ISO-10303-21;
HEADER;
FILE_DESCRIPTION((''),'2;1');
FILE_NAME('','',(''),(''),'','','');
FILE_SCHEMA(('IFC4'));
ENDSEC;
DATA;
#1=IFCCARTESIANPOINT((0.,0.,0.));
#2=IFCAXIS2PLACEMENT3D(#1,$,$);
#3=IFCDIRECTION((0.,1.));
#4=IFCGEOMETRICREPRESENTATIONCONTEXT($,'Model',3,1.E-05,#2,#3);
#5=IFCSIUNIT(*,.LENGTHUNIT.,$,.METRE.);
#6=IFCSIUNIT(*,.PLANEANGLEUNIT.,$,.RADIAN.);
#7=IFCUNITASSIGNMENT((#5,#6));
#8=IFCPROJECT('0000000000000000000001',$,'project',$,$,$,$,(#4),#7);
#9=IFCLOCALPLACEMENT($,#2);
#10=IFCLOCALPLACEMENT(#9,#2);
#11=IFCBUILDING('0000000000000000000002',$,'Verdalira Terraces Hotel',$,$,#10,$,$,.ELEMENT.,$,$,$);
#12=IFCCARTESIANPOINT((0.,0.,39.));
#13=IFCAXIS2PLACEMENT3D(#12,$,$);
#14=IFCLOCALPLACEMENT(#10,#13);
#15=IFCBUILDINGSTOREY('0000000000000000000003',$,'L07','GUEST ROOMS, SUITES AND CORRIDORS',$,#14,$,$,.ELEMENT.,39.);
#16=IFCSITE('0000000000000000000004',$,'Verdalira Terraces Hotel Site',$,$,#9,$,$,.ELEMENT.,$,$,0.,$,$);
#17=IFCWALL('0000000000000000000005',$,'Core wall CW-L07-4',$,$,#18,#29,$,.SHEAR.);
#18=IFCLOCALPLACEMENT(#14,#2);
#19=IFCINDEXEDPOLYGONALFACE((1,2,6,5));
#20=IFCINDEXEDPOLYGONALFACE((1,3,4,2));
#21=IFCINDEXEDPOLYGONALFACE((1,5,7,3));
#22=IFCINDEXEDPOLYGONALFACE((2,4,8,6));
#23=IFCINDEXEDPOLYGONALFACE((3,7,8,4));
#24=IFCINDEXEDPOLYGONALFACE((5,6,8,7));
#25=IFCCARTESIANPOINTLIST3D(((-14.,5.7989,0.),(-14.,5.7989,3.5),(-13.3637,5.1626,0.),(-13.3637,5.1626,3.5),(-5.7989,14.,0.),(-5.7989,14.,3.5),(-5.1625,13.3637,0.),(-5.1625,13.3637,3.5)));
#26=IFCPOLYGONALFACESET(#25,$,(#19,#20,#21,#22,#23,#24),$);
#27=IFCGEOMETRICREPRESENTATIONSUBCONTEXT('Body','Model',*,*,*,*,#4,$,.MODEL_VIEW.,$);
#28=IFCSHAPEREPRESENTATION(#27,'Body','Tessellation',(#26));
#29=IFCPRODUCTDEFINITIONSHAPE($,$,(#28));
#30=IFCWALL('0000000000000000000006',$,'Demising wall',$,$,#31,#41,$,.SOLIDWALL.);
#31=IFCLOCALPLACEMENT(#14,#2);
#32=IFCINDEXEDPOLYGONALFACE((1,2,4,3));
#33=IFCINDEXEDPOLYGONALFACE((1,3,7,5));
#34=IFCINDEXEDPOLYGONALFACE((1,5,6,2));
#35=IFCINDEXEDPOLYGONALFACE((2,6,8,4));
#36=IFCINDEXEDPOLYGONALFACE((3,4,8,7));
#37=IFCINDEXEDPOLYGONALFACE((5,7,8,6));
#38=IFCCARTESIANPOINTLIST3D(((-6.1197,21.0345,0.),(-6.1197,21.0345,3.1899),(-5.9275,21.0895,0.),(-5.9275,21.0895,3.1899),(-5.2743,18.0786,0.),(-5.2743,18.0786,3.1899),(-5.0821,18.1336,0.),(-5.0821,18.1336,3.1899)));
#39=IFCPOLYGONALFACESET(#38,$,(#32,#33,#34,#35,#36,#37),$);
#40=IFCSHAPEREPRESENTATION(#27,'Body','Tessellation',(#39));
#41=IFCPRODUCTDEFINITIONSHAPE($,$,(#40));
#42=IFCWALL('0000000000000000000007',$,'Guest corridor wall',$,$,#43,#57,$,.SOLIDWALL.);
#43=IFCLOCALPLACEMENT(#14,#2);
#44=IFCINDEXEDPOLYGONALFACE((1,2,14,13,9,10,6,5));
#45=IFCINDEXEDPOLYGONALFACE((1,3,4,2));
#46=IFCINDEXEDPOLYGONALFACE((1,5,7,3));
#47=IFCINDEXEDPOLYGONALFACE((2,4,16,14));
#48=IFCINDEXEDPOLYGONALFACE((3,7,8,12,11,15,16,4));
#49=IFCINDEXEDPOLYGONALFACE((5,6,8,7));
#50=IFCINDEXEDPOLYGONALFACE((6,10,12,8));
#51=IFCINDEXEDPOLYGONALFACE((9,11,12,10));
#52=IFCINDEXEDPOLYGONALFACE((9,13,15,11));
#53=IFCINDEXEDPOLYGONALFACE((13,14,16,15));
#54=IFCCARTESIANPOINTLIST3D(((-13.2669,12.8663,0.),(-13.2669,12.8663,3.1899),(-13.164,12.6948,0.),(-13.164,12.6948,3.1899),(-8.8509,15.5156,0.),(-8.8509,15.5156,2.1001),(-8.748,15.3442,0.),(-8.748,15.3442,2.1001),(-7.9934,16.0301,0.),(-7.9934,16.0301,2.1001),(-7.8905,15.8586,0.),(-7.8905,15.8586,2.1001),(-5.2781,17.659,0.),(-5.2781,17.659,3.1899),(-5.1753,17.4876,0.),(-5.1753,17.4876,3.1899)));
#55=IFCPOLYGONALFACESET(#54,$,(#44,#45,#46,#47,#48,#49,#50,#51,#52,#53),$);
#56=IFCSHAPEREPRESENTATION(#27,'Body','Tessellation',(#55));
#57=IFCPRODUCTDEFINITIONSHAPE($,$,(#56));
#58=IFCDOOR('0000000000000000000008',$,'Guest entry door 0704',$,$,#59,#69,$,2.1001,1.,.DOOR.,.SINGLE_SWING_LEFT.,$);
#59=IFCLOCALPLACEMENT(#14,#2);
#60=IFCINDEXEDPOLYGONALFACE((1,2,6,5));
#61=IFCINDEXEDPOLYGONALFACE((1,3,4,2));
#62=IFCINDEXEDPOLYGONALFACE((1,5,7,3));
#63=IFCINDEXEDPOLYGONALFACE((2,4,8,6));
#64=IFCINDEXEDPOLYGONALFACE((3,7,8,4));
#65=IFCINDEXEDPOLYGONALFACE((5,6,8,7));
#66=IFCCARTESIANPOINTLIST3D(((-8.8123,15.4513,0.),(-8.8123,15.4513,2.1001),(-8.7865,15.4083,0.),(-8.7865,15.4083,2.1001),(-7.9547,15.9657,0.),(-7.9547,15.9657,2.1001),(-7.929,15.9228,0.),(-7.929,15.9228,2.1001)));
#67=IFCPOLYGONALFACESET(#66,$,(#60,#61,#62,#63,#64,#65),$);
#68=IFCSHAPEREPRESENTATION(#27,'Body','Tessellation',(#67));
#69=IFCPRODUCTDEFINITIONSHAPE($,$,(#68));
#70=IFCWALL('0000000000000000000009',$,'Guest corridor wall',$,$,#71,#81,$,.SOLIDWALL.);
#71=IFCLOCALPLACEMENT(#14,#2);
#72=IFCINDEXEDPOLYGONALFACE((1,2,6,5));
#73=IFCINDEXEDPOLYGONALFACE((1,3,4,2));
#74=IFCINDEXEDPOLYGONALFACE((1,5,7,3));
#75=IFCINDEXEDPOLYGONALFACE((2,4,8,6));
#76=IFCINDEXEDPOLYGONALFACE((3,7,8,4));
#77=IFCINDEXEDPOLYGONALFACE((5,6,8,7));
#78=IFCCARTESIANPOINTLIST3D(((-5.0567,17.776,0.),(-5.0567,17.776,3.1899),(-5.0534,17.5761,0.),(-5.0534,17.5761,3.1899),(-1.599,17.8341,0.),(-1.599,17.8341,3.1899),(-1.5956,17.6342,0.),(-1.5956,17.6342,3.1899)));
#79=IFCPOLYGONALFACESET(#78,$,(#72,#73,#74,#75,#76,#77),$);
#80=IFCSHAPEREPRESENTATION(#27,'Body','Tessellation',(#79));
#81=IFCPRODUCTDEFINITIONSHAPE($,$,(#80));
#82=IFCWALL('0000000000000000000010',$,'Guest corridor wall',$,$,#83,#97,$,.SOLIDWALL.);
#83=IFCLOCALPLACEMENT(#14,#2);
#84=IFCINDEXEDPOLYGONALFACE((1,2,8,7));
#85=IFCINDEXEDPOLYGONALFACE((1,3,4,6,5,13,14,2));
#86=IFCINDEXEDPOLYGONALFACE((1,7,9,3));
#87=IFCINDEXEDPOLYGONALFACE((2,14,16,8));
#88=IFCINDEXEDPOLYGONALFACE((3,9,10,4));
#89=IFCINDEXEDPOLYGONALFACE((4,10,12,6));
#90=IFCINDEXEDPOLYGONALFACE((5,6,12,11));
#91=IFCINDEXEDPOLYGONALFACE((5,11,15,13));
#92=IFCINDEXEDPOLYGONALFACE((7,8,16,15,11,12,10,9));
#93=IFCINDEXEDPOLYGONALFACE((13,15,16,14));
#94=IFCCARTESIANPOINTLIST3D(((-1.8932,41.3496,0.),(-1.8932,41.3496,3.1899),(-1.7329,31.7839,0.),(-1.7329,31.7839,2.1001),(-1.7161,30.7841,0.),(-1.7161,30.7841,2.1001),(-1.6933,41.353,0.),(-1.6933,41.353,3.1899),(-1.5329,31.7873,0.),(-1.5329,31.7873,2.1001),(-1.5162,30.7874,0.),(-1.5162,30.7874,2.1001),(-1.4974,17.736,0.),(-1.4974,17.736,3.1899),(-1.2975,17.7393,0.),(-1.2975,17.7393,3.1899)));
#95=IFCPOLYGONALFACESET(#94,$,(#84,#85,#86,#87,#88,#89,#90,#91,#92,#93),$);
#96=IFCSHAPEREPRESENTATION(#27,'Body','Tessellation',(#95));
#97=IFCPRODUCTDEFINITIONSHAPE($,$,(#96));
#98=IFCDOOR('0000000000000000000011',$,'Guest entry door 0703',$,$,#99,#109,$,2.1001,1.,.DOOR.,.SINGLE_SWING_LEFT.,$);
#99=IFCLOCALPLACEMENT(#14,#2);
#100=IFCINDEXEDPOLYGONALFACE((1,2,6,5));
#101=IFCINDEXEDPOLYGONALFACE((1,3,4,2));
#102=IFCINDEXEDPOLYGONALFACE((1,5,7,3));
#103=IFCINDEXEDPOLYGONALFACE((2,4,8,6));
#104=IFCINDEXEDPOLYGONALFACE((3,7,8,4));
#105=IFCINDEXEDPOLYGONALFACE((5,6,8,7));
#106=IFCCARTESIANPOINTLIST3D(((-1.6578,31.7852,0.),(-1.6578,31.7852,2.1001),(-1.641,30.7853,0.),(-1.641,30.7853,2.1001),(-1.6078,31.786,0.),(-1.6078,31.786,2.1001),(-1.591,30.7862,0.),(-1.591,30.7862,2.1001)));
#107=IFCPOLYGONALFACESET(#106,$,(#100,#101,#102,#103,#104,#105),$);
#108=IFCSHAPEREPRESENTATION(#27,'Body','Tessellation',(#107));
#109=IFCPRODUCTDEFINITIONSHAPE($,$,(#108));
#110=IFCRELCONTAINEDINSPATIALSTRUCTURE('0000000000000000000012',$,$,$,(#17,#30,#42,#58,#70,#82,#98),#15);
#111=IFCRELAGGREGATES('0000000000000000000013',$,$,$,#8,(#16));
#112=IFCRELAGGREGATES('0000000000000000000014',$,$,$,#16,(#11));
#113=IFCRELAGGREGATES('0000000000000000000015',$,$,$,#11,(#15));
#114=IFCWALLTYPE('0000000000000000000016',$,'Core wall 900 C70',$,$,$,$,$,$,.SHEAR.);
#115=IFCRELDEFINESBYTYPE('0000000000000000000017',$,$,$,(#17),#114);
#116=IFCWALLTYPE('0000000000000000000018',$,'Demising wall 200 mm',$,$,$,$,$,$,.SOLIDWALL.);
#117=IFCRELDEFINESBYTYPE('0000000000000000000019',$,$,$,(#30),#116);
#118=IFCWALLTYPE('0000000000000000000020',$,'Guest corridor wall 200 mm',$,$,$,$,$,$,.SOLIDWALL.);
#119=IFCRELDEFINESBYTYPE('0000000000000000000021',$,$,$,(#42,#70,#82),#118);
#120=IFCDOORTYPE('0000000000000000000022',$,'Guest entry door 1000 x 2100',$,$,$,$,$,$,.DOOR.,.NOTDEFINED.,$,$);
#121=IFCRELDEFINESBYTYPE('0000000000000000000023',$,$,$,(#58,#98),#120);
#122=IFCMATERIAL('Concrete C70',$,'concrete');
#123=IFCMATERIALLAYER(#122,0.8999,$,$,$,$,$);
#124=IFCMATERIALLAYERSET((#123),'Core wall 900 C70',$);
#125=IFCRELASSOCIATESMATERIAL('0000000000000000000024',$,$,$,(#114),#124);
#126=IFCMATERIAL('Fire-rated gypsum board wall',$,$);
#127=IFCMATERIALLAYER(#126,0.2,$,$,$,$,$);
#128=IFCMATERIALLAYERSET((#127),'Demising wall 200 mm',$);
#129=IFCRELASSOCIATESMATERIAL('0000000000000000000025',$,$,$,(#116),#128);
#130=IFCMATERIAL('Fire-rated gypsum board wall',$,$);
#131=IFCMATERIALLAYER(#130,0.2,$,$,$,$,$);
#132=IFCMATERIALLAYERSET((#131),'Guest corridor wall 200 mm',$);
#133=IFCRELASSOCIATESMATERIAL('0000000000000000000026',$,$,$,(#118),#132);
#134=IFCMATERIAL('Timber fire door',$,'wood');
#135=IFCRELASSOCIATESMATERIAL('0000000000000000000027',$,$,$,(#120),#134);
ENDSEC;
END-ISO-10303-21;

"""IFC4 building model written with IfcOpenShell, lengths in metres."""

from ifc_helpers import new_model, si_unit, direction, frame, frame_2d, origin, place, context, subcontext, project, spatial, rectangle, extrude, material, layer, layer_set, type_object, element, fill, save


model = new_model("IFC4")

# Units and contexts
model_context = context("Model", 3, precision=1e-05, world=origin(), true_north=direction((0.0, 1.0)))
body_context = subcontext(model_context, "Body", "Model", "MODEL_VIEW")
ifc_project = project(units=[si_unit("LENGTHUNIT", "METRE"), si_unit("PLANEANGLEUNIT", "RADIAN")], contexts=[model_context])

# Site, building, storey
site_placement = place(None, origin())
site = spatial("IfcSite", under=ifc_project, at=site_placement, Name="Verdalira Terraces Hotel Site", CompositionType="ELEMENT", RefElevation=0.0)
building_placement = place(site_placement, origin())
building = spatial("IfcBuilding", under=site, at=building_placement, Name="Verdalira Terraces Hotel", CompositionType="ELEMENT")
storey_placement = place(building_placement, frame((0.0, 0.0, 39.0)))
storey = spatial("IfcBuildingStorey", under=building, at=storey_placement, Name="L07", Description="GUEST ROOMS, SUITES AND CORRIDORS", CompositionType="ELEMENT", Elevation=39.0)

# Walls
ifc_material_1 = material(Name="Concrete C70", Category="concrete")
ifc_layer_1 = layer(ifc_material_1, 0.8999)
ifc_layer_set_1 = layer_set([ifc_layer_1], Name="Core wall 900 C70")
wall_type_1 = type_object("IfcWallType", Name="Core wall 900 C70", PredefinedType="SHEAR", material=ifc_layer_set_1)
wall_1_placement = place(storey_placement, frame((-5.4807, 13.6819, 0.0), z_axis=(0.0, 0.0, 1.0), x_axis=(-0.707107, -0.707107, 0.0)))
element("IfcWall", 1, at=wall_1_placement, inside=storey, type_object=wall_type_1, Name="Core wall CW-L07-4", PredefinedType="SHEAR", context=body_context, shape_type="SweptSolid", body=[
    extrude(rectangle(XDim=11.5981, YDim=0.8999, at=frame_2d((5.7991, 0.0))), origin(), (0.0, 0.0, 1.0), 3.5),
])
ifc_material_2 = material(Name="Fire-rated gypsum board wall")
ifc_layer_2 = layer(ifc_material_2, 0.2)
ifc_layer_set_2 = layer_set([ifc_layer_2], Name="Demising wall 200 mm")
wall_type_2 = type_object("IfcWallType", Name="Demising wall 200 mm", PredefinedType="SOLIDWALL", material=ifc_layer_set_2)
wall_2_placement = place(storey_placement, frame((-5.1782, 18.1062, 0.0), z_axis=(0.0, 0.0, 1.0), x_axis=(-0.274983, 0.961449, 0.0)))
element("IfcWall", 2, at=wall_2_placement, inside=storey, type_object=wall_type_2, Name="Demising wall", PredefinedType="SOLIDWALL", context=body_context, shape_type="SweptSolid", body=[
    extrude(rectangle(XDim=3.0745, YDim=0.2, at=frame_2d((1.5371, 0.0))), origin(), (0.0, 0.0, 1.0), 3.1899),
])

# Wall, opening, door
ifc_material_3 = material(Name="Fire-rated gypsum board wall")
ifc_layer_3 = layer(ifc_material_3, 0.2)
ifc_layer_set_3 = layer_set([ifc_layer_3], Name="Guest corridor wall 200 mm")
wall_type_3 = type_object("IfcWallType", Name="Guest corridor wall 200 mm", PredefinedType="SOLIDWALL", material=ifc_layer_set_3)
wall_3_placement = place(storey_placement, frame((-13.2156, 12.7805, 0.0), z_axis=(0.0, 0.0, 1.0), x_axis=(0.857518, 0.514453, 0.0)))
wall_3 = element("IfcWall", 3, at=wall_3_placement, inside=storey, type_object=wall_type_3, Name="Guest corridor wall", PredefinedType="SOLIDWALL", context=body_context, shape_type="SweptSolid", body=[
    extrude(rectangle(XDim=9.3162, YDim=0.2, at=frame_2d((4.6582, 0.0))), origin(), (0.0, 0.0, 1.0), 3.1899),
])
opening_1_placement = place(wall_3_placement, frame((5.1499, 0.0, 0.0)))
opening_1 = element("IfcOpeningElement", 4, at=opening_1_placement, cuts=wall_3, PredefinedType="OPENING", context=body_context, shape_type="SweptSolid", body=[
    extrude(rectangle(XDim=1.0, YDim=2.1001, at=frame_2d((0.5, 1.05))), frame((0.0, 0.1099, 0.0), z_axis=(0.0, -1.0, 0.0), x_axis=(1.0, 0.0, 0.0)), (0.0, 0.0, 1.0), 0.22),
])
ifc_material_4 = material(Name="Timber fire door", Category="wood")
door_type_1 = type_object("IfcDoorType", Name="Guest entry door 1000 x 2100", OperationType="NOTDEFINED", PredefinedType="DOOR", material=ifc_material_4)
door_1_placement = place(opening_1_placement, origin())
door_1 = element("IfcDoor", 5, at=door_1_placement, inside=storey, type_object=door_type_1, Name="Guest entry door 0704", OperationType="SINGLE_SWING_LEFT", OverallHeight=2.1001, OverallWidth=1.0, PredefinedType="DOOR", context=body_context, shape_type="SweptSolid", body=[
    extrude(rectangle(XDim=1.0, YDim=2.1001, at=frame_2d((0.5, 1.05))), frame((0.0, 0.0249, 0.0), z_axis=(0.0, -1.0, 0.0), x_axis=(1.0, 0.0, 0.0)), (0.0, 0.0, 1.0), 0.05),
])
fill(opening_1, door_1)

# Wall
wall_4_placement = place(storey_placement, frame((-1.5974, 17.7341, 0.0), z_axis=(0.0, 0.0, 1.0), x_axis=(-0.999859, -0.016802, 0.0)))
element("IfcWall", 6, at=wall_4_placement, inside=storey, type_object=wall_type_3, Name="Guest corridor wall", PredefinedType="SOLIDWALL", context=body_context, shape_type="SweptSolid", body=[
    extrude(rectangle(XDim=3.4583, YDim=0.2, at=frame_2d((1.729, 0.0))), origin(), (0.0, 0.0, 1.0), 3.1899),
])

# Wall, opening, door
wall_5_placement = place(storey_placement, frame((-1.3975, 17.7375, 0.0), z_axis=(0.0, 0.0, 1.0), x_axis=(-0.016757, 0.99986, 0.0)))
wall_5 = element("IfcWall", 7, at=wall_5_placement, inside=storey, type_object=wall_type_3, Name="Guest corridor wall", PredefinedType="SOLIDWALL", context=body_context, shape_type="SweptSolid", body=[
    extrude(rectangle(XDim=23.6169, YDim=0.2, at=frame_2d((11.8086, 0.0))), origin(), (0.0, 0.0, 1.0), 3.1899),
])
opening_2_placement = place(wall_5_placement, frame((13.05, 0.0, 0.0)))
opening_2 = element("IfcOpeningElement", 8, at=opening_2_placement, cuts=wall_5, PredefinedType="OPENING", context=body_context, shape_type="SweptSolid", body=[
    extrude(rectangle(XDim=1.0, YDim=2.1001, at=frame_2d((0.5, 1.05))), frame((0.0, 0.1099, 0.0), z_axis=(0.0, -1.0, 0.0), x_axis=(1.0, 0.0, 0.0)), (0.0, 0.0, 1.0), 0.22),
])
door_2_placement = place(opening_2_placement, origin())
door_2 = element("IfcDoor", 9, at=door_2_placement, inside=storey, type_object=door_type_1, Name="Guest entry door 0703", OperationType="SINGLE_SWING_LEFT", OverallHeight=2.1001, OverallWidth=1.0, PredefinedType="DOOR", context=body_context, shape_type="SweptSolid", body=[
    extrude(rectangle(XDim=1.0, YDim=2.1001, at=frame_2d((0.5, 1.05))), frame((0.0, 0.0249, 0.0), z_axis=(0.0, -1.0, 0.0), x_axis=(1.0, 0.0, 0.0)), (0.0, 0.0, 1.0), 0.05),
])
fill(opening_2, door_2)

save(model, "model.ifc")
